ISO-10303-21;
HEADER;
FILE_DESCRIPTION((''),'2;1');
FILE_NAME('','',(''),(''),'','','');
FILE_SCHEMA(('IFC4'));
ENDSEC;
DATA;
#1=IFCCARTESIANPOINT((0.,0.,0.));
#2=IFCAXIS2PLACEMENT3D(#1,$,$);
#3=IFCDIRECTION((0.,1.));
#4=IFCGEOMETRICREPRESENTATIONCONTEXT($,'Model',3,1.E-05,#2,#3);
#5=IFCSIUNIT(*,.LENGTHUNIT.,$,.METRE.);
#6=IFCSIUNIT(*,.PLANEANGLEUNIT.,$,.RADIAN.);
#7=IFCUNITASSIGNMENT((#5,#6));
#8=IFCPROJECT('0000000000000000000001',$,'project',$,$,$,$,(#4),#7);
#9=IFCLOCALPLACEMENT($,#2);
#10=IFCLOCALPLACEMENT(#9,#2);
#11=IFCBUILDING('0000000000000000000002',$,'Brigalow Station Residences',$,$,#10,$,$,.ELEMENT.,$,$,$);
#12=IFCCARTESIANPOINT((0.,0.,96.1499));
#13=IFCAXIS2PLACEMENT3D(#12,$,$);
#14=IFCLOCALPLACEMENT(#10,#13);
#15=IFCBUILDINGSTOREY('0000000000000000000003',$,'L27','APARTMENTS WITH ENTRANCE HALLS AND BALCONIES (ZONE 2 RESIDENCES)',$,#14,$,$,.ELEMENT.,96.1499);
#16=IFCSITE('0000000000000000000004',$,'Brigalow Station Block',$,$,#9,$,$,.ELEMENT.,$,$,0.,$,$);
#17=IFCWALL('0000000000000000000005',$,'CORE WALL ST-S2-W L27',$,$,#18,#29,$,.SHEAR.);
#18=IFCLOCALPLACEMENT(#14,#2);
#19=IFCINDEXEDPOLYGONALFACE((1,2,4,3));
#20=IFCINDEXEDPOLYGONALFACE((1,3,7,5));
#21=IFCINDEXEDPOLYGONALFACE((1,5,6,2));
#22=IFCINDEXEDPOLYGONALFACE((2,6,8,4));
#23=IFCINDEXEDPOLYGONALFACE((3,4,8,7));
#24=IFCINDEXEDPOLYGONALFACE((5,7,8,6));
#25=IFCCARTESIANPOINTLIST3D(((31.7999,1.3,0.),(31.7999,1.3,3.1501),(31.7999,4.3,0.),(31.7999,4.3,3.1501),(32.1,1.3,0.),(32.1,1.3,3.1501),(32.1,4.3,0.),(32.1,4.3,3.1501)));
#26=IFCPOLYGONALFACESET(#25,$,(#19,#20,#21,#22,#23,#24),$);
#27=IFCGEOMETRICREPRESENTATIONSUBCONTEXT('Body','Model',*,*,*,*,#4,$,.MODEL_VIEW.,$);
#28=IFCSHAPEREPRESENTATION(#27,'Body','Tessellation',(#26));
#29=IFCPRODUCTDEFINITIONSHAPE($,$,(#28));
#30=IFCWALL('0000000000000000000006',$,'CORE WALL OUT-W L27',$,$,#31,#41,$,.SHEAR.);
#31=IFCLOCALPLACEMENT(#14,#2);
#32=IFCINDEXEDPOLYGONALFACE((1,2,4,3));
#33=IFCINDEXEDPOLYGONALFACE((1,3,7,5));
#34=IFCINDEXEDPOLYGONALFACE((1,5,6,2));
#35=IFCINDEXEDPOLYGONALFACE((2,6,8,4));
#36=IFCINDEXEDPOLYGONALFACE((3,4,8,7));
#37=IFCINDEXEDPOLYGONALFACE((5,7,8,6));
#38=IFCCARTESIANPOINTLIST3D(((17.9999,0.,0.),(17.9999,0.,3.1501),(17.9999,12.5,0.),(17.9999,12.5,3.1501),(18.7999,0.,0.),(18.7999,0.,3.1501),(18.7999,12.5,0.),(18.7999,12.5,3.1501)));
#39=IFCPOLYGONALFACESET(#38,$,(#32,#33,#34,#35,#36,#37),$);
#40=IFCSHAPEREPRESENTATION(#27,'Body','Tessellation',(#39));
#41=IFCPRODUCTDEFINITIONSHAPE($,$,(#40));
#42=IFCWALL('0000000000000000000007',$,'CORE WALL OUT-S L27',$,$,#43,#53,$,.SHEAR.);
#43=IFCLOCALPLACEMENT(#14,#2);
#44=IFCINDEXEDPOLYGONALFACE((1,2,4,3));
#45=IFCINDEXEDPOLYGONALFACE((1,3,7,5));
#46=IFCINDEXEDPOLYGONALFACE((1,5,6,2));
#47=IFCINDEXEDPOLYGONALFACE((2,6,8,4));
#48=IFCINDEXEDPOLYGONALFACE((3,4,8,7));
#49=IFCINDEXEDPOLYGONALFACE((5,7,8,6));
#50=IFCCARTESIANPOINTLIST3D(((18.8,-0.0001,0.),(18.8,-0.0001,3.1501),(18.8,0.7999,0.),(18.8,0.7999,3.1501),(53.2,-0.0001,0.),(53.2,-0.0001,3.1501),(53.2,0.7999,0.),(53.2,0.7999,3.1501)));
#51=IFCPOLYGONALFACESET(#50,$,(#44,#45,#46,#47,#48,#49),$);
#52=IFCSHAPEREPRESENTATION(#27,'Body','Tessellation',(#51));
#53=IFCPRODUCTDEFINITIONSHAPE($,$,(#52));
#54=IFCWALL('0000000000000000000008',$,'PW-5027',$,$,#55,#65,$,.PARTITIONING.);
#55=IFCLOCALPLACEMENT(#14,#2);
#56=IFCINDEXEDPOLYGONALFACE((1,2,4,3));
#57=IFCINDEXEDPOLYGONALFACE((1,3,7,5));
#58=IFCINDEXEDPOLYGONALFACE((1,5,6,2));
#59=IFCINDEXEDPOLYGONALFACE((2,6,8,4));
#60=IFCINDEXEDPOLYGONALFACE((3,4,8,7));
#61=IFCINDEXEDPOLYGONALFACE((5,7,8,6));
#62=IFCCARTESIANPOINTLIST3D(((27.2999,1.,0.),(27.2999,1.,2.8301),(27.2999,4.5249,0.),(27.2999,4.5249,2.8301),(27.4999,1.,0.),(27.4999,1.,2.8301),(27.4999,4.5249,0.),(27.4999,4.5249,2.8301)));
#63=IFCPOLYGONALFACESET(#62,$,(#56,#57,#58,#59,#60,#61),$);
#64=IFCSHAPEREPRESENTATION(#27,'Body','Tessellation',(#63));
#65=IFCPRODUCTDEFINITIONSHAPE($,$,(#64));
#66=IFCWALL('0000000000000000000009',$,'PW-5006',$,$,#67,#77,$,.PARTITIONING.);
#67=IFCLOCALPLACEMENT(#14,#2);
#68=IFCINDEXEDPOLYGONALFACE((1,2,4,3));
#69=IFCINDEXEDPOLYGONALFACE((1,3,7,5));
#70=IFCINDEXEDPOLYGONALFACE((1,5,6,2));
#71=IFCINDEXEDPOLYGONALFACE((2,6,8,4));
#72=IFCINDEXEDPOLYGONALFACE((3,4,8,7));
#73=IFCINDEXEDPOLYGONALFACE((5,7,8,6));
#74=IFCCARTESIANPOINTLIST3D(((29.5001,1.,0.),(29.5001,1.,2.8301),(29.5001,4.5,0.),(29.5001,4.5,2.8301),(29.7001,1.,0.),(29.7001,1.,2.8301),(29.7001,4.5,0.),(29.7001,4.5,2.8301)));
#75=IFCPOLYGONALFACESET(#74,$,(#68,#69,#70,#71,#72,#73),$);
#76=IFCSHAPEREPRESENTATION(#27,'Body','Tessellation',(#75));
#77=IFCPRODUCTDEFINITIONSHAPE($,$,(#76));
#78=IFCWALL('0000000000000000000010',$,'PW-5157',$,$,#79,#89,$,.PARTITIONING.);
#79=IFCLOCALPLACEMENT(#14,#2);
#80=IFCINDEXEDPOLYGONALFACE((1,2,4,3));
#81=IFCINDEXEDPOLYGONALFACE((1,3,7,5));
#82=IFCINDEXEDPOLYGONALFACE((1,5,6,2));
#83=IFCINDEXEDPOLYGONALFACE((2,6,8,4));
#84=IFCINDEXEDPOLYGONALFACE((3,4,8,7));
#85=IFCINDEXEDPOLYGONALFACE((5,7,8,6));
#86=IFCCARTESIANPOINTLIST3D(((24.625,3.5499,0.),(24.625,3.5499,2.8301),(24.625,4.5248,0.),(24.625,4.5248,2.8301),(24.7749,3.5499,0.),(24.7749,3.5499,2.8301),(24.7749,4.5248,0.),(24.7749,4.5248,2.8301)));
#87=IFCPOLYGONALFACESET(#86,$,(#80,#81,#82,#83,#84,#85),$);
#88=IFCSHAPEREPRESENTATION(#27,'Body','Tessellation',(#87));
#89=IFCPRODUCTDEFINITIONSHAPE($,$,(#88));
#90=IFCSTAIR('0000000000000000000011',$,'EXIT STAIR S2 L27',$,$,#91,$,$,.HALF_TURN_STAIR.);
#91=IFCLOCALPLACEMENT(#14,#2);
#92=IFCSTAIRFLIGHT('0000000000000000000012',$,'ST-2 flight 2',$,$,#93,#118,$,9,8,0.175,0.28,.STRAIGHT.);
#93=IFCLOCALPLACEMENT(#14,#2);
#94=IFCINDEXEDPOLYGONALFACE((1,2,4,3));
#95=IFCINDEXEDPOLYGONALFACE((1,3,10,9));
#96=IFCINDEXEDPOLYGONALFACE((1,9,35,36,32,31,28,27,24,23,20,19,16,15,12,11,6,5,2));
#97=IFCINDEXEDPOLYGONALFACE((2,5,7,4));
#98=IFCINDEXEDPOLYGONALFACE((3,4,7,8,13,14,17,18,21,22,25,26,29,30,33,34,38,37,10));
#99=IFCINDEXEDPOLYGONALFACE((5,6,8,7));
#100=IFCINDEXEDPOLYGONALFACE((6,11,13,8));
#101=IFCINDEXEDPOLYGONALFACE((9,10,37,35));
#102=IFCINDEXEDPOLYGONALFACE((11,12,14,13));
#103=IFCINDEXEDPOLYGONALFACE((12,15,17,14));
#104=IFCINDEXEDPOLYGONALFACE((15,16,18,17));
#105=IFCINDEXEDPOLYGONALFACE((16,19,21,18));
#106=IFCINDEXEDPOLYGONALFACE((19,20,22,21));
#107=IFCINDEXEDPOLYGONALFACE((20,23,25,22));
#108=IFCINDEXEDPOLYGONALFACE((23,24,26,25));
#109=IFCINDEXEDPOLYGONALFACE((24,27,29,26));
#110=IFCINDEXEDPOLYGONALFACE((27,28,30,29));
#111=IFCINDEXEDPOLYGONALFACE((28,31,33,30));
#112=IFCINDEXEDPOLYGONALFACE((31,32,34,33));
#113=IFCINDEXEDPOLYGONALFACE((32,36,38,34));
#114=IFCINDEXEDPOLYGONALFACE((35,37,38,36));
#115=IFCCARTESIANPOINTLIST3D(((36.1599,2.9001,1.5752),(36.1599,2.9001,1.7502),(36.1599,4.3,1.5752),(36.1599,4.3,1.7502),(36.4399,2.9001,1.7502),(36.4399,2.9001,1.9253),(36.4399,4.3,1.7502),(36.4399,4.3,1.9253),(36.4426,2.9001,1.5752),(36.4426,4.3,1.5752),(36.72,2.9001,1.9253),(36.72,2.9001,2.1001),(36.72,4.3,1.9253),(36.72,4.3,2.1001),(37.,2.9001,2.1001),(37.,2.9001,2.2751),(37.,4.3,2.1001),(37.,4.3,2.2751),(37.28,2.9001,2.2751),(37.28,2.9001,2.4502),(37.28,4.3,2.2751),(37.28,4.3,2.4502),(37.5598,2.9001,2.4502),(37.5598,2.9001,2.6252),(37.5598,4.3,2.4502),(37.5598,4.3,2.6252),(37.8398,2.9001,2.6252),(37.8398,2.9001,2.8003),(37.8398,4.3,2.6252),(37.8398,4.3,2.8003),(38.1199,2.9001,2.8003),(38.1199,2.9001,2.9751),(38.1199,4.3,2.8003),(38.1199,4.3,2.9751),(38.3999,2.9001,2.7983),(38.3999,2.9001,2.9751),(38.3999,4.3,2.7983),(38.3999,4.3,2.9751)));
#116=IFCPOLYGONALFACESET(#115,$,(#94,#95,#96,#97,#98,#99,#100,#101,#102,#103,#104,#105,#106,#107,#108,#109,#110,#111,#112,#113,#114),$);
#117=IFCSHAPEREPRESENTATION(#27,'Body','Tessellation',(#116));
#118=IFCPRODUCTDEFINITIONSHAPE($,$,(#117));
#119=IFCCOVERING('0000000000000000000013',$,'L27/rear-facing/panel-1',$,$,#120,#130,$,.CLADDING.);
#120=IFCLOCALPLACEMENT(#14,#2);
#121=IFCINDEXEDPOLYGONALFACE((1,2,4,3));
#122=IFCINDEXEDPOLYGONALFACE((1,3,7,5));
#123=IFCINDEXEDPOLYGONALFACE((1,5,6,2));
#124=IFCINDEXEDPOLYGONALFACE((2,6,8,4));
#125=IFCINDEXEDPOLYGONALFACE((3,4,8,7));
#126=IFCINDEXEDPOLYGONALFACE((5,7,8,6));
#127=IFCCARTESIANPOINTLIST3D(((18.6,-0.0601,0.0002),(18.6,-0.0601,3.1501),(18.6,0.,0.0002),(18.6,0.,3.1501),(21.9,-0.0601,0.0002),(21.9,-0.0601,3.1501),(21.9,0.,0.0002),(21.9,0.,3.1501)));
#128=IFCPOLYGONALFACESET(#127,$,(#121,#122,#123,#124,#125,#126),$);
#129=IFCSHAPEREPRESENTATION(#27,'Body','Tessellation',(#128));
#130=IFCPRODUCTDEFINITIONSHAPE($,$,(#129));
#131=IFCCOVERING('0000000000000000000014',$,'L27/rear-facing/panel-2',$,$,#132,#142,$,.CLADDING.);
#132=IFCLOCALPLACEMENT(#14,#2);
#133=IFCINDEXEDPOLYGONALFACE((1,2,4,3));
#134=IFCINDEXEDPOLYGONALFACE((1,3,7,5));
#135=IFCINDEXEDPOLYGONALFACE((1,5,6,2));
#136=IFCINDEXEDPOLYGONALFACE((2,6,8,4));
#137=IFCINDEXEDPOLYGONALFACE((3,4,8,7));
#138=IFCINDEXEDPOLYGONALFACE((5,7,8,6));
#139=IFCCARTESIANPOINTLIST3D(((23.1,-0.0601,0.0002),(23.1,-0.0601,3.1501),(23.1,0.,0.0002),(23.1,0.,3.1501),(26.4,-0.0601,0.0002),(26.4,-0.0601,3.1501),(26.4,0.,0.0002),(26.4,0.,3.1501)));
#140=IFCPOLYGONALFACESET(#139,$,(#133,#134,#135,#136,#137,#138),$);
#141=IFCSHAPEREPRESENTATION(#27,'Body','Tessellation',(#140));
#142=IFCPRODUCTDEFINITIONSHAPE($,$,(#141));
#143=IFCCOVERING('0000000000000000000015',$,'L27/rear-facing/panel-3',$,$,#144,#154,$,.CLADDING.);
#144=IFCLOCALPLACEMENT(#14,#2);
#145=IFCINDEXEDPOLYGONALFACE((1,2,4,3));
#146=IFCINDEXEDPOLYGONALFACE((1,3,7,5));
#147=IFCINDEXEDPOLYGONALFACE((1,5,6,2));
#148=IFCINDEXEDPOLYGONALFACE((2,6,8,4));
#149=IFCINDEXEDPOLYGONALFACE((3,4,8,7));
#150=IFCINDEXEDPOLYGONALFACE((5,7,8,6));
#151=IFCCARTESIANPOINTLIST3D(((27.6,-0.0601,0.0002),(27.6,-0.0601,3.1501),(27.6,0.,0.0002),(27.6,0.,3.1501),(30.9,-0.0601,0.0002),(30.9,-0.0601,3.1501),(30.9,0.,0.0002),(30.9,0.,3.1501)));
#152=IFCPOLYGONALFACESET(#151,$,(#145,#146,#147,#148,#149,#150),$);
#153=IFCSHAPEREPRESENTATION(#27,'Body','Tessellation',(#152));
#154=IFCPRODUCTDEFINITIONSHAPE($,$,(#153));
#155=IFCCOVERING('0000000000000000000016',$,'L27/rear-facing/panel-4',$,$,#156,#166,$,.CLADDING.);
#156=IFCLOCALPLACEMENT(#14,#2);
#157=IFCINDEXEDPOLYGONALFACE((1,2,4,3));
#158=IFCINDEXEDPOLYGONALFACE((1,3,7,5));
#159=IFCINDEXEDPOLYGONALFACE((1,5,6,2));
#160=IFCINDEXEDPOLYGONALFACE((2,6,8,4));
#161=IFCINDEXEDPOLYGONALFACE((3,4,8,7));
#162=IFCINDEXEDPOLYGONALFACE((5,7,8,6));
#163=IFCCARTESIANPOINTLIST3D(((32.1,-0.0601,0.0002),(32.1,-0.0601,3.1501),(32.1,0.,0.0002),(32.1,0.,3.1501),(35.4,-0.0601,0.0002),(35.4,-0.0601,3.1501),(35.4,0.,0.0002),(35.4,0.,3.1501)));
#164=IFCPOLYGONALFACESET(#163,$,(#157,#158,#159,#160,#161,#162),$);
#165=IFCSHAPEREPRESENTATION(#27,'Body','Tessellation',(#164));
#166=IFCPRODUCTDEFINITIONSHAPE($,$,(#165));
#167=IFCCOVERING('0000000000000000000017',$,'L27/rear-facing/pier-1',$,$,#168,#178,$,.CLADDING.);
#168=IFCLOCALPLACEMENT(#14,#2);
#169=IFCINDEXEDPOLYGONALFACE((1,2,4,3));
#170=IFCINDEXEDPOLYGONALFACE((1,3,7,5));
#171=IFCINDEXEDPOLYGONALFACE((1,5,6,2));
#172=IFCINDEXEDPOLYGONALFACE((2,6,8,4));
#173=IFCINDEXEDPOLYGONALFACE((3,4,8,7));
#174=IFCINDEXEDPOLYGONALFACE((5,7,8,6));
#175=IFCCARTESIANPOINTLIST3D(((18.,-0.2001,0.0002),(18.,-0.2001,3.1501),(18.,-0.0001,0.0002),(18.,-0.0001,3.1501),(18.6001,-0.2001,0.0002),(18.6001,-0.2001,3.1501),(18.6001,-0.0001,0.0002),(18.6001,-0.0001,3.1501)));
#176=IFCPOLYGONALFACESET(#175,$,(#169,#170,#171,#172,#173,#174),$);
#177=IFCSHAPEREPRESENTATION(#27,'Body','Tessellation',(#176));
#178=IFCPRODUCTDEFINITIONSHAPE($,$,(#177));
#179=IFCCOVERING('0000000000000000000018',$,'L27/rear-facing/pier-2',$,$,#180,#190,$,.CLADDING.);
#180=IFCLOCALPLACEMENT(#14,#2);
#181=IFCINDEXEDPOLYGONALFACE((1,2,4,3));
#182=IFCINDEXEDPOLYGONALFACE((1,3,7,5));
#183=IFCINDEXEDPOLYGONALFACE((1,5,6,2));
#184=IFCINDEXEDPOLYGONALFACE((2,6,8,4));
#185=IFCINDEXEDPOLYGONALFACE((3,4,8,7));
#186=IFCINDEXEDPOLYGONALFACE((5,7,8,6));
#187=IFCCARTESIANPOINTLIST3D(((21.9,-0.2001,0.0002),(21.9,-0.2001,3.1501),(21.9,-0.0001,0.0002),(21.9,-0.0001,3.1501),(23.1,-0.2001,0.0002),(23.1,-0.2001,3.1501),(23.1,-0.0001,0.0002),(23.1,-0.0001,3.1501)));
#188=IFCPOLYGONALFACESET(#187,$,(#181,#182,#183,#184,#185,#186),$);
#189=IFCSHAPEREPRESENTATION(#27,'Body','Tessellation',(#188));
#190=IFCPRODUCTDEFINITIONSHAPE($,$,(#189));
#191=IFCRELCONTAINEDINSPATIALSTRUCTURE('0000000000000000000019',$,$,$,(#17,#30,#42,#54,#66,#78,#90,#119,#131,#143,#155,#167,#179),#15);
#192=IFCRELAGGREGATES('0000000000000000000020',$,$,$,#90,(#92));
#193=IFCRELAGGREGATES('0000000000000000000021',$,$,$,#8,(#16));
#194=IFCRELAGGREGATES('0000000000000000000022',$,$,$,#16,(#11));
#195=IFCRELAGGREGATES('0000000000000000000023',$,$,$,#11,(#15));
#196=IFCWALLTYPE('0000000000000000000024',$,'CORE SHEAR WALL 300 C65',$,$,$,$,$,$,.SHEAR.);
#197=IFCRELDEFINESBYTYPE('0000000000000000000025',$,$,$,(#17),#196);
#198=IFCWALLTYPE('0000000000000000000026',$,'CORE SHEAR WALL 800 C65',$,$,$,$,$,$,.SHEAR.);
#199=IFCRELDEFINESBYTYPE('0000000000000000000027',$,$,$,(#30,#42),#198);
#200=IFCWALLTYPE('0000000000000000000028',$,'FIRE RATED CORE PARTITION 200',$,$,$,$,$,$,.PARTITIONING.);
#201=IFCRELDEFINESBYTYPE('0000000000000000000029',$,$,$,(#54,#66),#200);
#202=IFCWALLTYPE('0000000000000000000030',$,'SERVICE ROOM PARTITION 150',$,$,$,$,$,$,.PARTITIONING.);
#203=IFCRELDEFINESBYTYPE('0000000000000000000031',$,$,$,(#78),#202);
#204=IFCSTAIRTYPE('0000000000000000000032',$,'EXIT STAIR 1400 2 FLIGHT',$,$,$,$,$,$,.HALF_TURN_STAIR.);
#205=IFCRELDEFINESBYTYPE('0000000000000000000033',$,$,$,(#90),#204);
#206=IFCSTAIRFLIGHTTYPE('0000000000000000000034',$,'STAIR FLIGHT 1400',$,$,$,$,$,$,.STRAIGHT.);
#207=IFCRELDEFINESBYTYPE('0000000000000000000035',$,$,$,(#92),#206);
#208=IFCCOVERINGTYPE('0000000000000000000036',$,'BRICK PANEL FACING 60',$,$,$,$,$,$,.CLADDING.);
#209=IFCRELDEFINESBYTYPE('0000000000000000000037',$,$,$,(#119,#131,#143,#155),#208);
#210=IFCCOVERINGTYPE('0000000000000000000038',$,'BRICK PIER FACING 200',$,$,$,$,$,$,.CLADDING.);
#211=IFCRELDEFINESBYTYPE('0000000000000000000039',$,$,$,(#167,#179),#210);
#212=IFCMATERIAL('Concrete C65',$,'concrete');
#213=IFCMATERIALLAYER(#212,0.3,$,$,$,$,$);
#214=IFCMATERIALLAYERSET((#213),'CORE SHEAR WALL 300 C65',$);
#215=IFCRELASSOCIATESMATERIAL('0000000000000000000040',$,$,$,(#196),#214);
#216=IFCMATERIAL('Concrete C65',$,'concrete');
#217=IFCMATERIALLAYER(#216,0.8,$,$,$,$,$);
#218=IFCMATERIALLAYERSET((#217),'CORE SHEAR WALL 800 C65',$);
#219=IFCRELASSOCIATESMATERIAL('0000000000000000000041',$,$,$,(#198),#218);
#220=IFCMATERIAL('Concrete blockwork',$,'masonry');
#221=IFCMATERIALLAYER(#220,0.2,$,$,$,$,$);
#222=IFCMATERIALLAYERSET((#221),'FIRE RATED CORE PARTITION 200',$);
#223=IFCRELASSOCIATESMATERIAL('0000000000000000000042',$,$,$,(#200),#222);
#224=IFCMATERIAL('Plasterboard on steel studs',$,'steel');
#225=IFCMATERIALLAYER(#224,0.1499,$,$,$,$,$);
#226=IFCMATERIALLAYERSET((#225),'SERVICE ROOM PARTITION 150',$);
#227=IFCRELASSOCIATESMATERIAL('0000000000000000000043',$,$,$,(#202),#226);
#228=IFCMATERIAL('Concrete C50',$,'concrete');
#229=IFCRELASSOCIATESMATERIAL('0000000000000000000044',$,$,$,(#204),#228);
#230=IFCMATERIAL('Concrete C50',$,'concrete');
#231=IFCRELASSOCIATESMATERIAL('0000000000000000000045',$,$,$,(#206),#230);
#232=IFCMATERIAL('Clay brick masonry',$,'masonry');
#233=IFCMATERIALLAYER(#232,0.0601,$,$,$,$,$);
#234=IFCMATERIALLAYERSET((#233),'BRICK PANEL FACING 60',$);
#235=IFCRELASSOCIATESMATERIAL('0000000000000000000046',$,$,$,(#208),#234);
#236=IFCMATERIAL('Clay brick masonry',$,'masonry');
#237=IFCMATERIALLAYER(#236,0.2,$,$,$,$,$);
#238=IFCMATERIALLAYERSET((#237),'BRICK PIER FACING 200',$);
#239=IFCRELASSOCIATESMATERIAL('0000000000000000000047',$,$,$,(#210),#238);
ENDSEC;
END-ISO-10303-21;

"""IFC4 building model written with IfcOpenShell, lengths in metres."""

from ifc_helpers import new_model, si_unit, direction, frame, frame_2d, origin, origin_2d, place, context, subcontext, project, spatial, polyline, rectangle, outline, extrude, material, layer, layer_set, type_object, element, aggregate, save


model = new_model("IFC4")

# Units and contexts
model_context = context("Model", 3, precision=1e-05, world=origin(), true_north=direction((0.0, 1.0)))
body_context = subcontext(model_context, "Body", "Model", "MODEL_VIEW")
ifc_project = project(units=[si_unit("LENGTHUNIT", "METRE"), si_unit("PLANEANGLEUNIT", "RADIAN")], contexts=[model_context])

# Site, building, storey
site_placement = place(None, origin())
site = spatial("IfcSite", under=ifc_project, at=site_placement, Name="Brigalow Station Block", CompositionType="ELEMENT", RefElevation=0.0)
building_placement = place(site_placement, origin())
building = spatial("IfcBuilding", under=site, at=building_placement, Name="Brigalow Station Residences", CompositionType="ELEMENT")
storey_placement = place(building_placement, frame((0.0, 0.0, 96.1499)))
storey = spatial("IfcBuildingStorey", under=building, at=storey_placement, Name="L27", Description="APARTMENTS WITH ENTRANCE HALLS AND BALCONIES (ZONE 2 RESIDENCES)", CompositionType="ELEMENT", Elevation=96.1499)

# Shared definitions
ifc_material_1 = material(Name="Concrete C65", Category="concrete")
ifc_layer_1 = layer(ifc_material_1, 0.3)
ifc_layer_set_1 = layer_set([ifc_layer_1], Name="CORE SHEAR WALL 300 C65")
wall_type_1 = type_object("IfcWallType", Name="CORE SHEAR WALL 300 C65", PredefinedType="SHEAR", material=ifc_layer_set_1)

# Walls
wall_1_placement = place(storey_placement, frame((31.95, 1.3, 0.0), z_axis=(0.0, 0.0, 1.0), x_axis=(0.0, 1.0, 0.0)))
element("IfcWall", 1, at=wall_1_placement, inside=storey, type_object=wall_type_1, Name="CORE WALL ST-S2-W L27", PredefinedType="SHEAR", context=body_context, shape_type="SweptSolid", body=[
    extrude(rectangle(XDim=3.0, YDim=0.3, at=frame_2d((1.5, 0.0))), origin(), (0.0, 0.0, 1.0), 3.1501),
])
ifc_material_2 = material(Name="Concrete C65", Category="concrete")
ifc_layer_2 = layer(ifc_material_2, 0.8)
ifc_layer_set_2 = layer_set([ifc_layer_2], Name="CORE SHEAR WALL 800 C65")
wall_type_2 = type_object("IfcWallType", Name="CORE SHEAR WALL 800 C65", PredefinedType="SHEAR", material=ifc_layer_set_2)
wall_2_placement = place(storey_placement, frame((18.3999, 0.0, 0.0), z_axis=(0.0, 0.0, 1.0), x_axis=(0.0, 1.0, 0.0)))
element("IfcWall", 2, at=wall_2_placement, inside=storey, type_object=wall_type_2, Name="CORE WALL OUT-W L27", PredefinedType="SHEAR", context=body_context, shape_type="SweptSolid", body=[
    extrude(rectangle(XDim=12.5, YDim=0.8, at=frame_2d((6.25, 0.0))), origin(), (0.0, 0.0, 1.0), 3.1501),
])
wall_3_placement = place(storey_placement, frame((18.8, 0.3999, 0.0), z_axis=(0.0, 0.0, 1.0), x_axis=(1.0, 0.0, 0.0)))
element("IfcWall", 3, at=wall_3_placement, inside=storey, type_object=wall_type_2, Name="CORE WALL OUT-S L27", PredefinedType="SHEAR", context=body_context, shape_type="SweptSolid", body=[
    extrude(rectangle(XDim=34.3999, YDim=0.8, at=frame_2d((17.2, 0.0))), origin(), (0.0, 0.0, 1.0), 3.1501),
])
ifc_material_3 = material(Name="Concrete blockwork", Category="masonry")
ifc_layer_3 = layer(ifc_material_3, 0.2)
ifc_layer_set_3 = layer_set([ifc_layer_3], Name="FIRE RATED CORE PARTITION 200")
wall_type_3 = type_object("IfcWallType", Name="FIRE RATED CORE PARTITION 200", PredefinedType="PARTITIONING", material=ifc_layer_set_3)
wall_4_placement = place(storey_placement, frame((27.3999, 1.0, 0.0), z_axis=(0.0, 0.0, 1.0), x_axis=(0.0, 1.0, 0.0)))
element("IfcWall", 4, at=wall_4_placement, inside=storey, type_object=wall_type_3, Name="PW-5027", PredefinedType="PARTITIONING", context=body_context, shape_type="SweptSolid", body=[
    extrude(rectangle(XDim=3.5249, YDim=0.2, at=frame_2d((1.7625, 0.0))), origin(), (0.0, 0.0, 1.0), 2.8301),
])
wall_5_placement = place(storey_placement, frame((29.6001, 1.0, 0.0), z_axis=(0.0, 0.0, 1.0), x_axis=(0.0, 1.0, 0.0)))
element("IfcWall", 5, at=wall_5_placement, inside=storey, type_object=wall_type_3, Name="PW-5006", PredefinedType="PARTITIONING", context=body_context, shape_type="SweptSolid", body=[
    extrude(rectangle(XDim=3.5, YDim=0.2, at=frame_2d((1.75, 0.0))), origin(), (0.0, 0.0, 1.0), 2.8301),
])
ifc_material_4 = material(Name="Plasterboard on steel studs", Category="steel")
ifc_layer_4 = layer(ifc_material_4, 0.1499)
ifc_layer_set_4 = layer_set([ifc_layer_4], Name="SERVICE ROOM PARTITION 150")
wall_type_4 = type_object("IfcWallType", Name="SERVICE ROOM PARTITION 150", PredefinedType="PARTITIONING", material=ifc_layer_set_4)
wall_6_placement = place(storey_placement, frame((24.7, 3.55, 0.0), z_axis=(0.0, 0.0, 1.0), x_axis=(0.0, 1.0, 0.0)))
element("IfcWall", 6, at=wall_6_placement, inside=storey, type_object=wall_type_4, Name="PW-5157", PredefinedType="PARTITIONING", context=body_context, shape_type="SweptSolid", body=[
    extrude(rectangle(XDim=0.9749, YDim=0.1499, at=frame_2d((0.4873, 0.0))), origin(), (0.0, 0.0, 1.0), 2.8301),
])

# Stair, stair flight
ifc_material_5 = material(Name="Concrete C50", Category="concrete")
stair_type = type_object("IfcStairType", Name="EXIT STAIR 1400 2 FLIGHT", PredefinedType="HALF_TURN_STAIR", material=ifc_material_5)
stair_placement = place(storey_placement, origin())
stair = element("IfcStair", 7, at=stair_placement, inside=storey, type_object=stair_type, Name="EXIT STAIR S2 L27", PredefinedType="HALF_TURN_STAIR")
ifc_material_6 = material(Name="Concrete C50", Category="concrete")
stair_flight_type = type_object("IfcStairFlightType", Name="STAIR FLIGHT 1400", PredefinedType="STRAIGHT", material=ifc_material_6)
stair_flight_placement = place(storey_placement, frame((36.1599, 3.6001, 1.5752), z_axis=(0.0, 0.0, 1.0), x_axis=(1.0, 0.0, 0.0)))
stair_flight = element("IfcStairFlight", 8, at=stair_flight_placement, type_object=stair_flight_type, Name="ST-2 flight 2", NumberOfRisers=9, NumberOfTreads=8, PredefinedType="STRAIGHT", RiserHeight=0.175, TreadLength=0.28, context=body_context, shape_type="SweptSolid", body=[
    extrude(outline(polyline([(0.0, 0.0), (0.0, 0.175), (0.28, 0.175), (0.28, 0.3501), (0.5601, 0.3501), (0.5601, 0.5249), (0.8401, 0.5249), (0.8401, 0.7), (1.1201, 0.7), (1.1201, 0.875), (1.3999, 0.875), (1.3999, 1.05), (1.6799, 1.05), (1.6799, 1.2251), (1.96, 1.2251), (1.96, 1.3999), (2.24, 1.3999), (2.24, 1.575), (2.24, 1.2231), (0.2827, 0.0), (0.0, 0.0)])), frame((0.0, 0.7, 0.0), z_axis=(0.0, -1.0, 0.0), x_axis=(1.0, 0.0, 0.0)), (0.0, 0.0, 1.0), 1.3999),
])
aggregate(stair, [stair_flight])

# Coverings
ifc_material_7 = material(Name="Clay brick masonry", Category="masonry")
ifc_layer_5 = layer(ifc_material_7, 0.0601)
ifc_layer_set_5 = layer_set([ifc_layer_5], Name="BRICK PANEL FACING 60")
covering_type_1 = type_object("IfcCoveringType", Name="BRICK PANEL FACING 60", PredefinedType="CLADDING", material=ifc_layer_set_5)
for number, where, z_axis, x_axis, name in (
    (9, (20.25, -0.03, 0.0002), (0.0, 0.0, 1.0), (1.0, 0.0, 0.0), "L27/rear-facing/panel-1"),
    (10, (24.75, -0.03, 0.0002), (0.0, 0.0, 1.0), (1.0, 0.0, 0.0), "L27/rear-facing/panel-2"),
    (11, (29.25, -0.03, 0.0002), (0.0, 0.0, 1.0), (1.0, 0.0, 0.0), "L27/rear-facing/panel-3"),
    (12, (33.75, -0.03, 0.0002), (0.0, 0.0, 1.0), (1.0, 0.0, 0.0), "L27/rear-facing/panel-4"),
):
    element("IfcCovering", number, at=place(storey_placement, frame(where, z_axis=z_axis, x_axis=x_axis)), inside=storey, type_object=covering_type_1, Name=name, PredefinedType="CLADDING", context=body_context, shape_type="SweptSolid", body=[
        extrude(rectangle(XDim=3.3, YDim=0.0601, at=origin_2d()), origin(), (0.0, 0.0, 1.0), 3.1499),
    ])
ifc_material_8 = material(Name="Clay brick masonry", Category="masonry")
ifc_layer_6 = layer(ifc_material_8, 0.2)
ifc_layer_set_6 = layer_set([ifc_layer_6], Name="BRICK PIER FACING 200")
covering_type_2 = type_object("IfcCoveringType", Name="BRICK PIER FACING 200", PredefinedType="CLADDING", material=ifc_layer_set_6)
covering_placement = place(storey_placement, frame((18.3, -0.1001, 0.0002), z_axis=(0.0, 0.0, 1.0), x_axis=(1.0, 0.0, 0.0)))
element("IfcCovering", 13, at=covering_placement, inside=storey, type_object=covering_type_2, Name="L27/rear-facing/pier-1", PredefinedType="CLADDING", context=body_context, shape_type="SweptSolid", body=[
    extrude(rectangle(XDim=0.6001, YDim=0.2, at=origin_2d()), origin(), (0.0, 0.0, 1.0), 3.1499),
])
for number, where, z_axis, x_axis, name in (
    (14, (22.5, -0.1001, 0.0002), (0.0, 0.0, 1.0), (1.0, 0.0, 0.0), "L27/rear-facing/pier-2"),
):
    element("IfcCovering", number, at=place(storey_placement, frame(where, z_axis=z_axis, x_axis=x_axis)), inside=storey, type_object=covering_type_2, Name=name, PredefinedType="CLADDING", context=body_context, shape_type="SweptSolid", body=[
        extrude(rectangle(XDim=1.2, YDim=0.2, at=origin_2d()), origin(), (0.0, 0.0, 1.0), 3.1499),
    ])

save(model, "model.ifc")
